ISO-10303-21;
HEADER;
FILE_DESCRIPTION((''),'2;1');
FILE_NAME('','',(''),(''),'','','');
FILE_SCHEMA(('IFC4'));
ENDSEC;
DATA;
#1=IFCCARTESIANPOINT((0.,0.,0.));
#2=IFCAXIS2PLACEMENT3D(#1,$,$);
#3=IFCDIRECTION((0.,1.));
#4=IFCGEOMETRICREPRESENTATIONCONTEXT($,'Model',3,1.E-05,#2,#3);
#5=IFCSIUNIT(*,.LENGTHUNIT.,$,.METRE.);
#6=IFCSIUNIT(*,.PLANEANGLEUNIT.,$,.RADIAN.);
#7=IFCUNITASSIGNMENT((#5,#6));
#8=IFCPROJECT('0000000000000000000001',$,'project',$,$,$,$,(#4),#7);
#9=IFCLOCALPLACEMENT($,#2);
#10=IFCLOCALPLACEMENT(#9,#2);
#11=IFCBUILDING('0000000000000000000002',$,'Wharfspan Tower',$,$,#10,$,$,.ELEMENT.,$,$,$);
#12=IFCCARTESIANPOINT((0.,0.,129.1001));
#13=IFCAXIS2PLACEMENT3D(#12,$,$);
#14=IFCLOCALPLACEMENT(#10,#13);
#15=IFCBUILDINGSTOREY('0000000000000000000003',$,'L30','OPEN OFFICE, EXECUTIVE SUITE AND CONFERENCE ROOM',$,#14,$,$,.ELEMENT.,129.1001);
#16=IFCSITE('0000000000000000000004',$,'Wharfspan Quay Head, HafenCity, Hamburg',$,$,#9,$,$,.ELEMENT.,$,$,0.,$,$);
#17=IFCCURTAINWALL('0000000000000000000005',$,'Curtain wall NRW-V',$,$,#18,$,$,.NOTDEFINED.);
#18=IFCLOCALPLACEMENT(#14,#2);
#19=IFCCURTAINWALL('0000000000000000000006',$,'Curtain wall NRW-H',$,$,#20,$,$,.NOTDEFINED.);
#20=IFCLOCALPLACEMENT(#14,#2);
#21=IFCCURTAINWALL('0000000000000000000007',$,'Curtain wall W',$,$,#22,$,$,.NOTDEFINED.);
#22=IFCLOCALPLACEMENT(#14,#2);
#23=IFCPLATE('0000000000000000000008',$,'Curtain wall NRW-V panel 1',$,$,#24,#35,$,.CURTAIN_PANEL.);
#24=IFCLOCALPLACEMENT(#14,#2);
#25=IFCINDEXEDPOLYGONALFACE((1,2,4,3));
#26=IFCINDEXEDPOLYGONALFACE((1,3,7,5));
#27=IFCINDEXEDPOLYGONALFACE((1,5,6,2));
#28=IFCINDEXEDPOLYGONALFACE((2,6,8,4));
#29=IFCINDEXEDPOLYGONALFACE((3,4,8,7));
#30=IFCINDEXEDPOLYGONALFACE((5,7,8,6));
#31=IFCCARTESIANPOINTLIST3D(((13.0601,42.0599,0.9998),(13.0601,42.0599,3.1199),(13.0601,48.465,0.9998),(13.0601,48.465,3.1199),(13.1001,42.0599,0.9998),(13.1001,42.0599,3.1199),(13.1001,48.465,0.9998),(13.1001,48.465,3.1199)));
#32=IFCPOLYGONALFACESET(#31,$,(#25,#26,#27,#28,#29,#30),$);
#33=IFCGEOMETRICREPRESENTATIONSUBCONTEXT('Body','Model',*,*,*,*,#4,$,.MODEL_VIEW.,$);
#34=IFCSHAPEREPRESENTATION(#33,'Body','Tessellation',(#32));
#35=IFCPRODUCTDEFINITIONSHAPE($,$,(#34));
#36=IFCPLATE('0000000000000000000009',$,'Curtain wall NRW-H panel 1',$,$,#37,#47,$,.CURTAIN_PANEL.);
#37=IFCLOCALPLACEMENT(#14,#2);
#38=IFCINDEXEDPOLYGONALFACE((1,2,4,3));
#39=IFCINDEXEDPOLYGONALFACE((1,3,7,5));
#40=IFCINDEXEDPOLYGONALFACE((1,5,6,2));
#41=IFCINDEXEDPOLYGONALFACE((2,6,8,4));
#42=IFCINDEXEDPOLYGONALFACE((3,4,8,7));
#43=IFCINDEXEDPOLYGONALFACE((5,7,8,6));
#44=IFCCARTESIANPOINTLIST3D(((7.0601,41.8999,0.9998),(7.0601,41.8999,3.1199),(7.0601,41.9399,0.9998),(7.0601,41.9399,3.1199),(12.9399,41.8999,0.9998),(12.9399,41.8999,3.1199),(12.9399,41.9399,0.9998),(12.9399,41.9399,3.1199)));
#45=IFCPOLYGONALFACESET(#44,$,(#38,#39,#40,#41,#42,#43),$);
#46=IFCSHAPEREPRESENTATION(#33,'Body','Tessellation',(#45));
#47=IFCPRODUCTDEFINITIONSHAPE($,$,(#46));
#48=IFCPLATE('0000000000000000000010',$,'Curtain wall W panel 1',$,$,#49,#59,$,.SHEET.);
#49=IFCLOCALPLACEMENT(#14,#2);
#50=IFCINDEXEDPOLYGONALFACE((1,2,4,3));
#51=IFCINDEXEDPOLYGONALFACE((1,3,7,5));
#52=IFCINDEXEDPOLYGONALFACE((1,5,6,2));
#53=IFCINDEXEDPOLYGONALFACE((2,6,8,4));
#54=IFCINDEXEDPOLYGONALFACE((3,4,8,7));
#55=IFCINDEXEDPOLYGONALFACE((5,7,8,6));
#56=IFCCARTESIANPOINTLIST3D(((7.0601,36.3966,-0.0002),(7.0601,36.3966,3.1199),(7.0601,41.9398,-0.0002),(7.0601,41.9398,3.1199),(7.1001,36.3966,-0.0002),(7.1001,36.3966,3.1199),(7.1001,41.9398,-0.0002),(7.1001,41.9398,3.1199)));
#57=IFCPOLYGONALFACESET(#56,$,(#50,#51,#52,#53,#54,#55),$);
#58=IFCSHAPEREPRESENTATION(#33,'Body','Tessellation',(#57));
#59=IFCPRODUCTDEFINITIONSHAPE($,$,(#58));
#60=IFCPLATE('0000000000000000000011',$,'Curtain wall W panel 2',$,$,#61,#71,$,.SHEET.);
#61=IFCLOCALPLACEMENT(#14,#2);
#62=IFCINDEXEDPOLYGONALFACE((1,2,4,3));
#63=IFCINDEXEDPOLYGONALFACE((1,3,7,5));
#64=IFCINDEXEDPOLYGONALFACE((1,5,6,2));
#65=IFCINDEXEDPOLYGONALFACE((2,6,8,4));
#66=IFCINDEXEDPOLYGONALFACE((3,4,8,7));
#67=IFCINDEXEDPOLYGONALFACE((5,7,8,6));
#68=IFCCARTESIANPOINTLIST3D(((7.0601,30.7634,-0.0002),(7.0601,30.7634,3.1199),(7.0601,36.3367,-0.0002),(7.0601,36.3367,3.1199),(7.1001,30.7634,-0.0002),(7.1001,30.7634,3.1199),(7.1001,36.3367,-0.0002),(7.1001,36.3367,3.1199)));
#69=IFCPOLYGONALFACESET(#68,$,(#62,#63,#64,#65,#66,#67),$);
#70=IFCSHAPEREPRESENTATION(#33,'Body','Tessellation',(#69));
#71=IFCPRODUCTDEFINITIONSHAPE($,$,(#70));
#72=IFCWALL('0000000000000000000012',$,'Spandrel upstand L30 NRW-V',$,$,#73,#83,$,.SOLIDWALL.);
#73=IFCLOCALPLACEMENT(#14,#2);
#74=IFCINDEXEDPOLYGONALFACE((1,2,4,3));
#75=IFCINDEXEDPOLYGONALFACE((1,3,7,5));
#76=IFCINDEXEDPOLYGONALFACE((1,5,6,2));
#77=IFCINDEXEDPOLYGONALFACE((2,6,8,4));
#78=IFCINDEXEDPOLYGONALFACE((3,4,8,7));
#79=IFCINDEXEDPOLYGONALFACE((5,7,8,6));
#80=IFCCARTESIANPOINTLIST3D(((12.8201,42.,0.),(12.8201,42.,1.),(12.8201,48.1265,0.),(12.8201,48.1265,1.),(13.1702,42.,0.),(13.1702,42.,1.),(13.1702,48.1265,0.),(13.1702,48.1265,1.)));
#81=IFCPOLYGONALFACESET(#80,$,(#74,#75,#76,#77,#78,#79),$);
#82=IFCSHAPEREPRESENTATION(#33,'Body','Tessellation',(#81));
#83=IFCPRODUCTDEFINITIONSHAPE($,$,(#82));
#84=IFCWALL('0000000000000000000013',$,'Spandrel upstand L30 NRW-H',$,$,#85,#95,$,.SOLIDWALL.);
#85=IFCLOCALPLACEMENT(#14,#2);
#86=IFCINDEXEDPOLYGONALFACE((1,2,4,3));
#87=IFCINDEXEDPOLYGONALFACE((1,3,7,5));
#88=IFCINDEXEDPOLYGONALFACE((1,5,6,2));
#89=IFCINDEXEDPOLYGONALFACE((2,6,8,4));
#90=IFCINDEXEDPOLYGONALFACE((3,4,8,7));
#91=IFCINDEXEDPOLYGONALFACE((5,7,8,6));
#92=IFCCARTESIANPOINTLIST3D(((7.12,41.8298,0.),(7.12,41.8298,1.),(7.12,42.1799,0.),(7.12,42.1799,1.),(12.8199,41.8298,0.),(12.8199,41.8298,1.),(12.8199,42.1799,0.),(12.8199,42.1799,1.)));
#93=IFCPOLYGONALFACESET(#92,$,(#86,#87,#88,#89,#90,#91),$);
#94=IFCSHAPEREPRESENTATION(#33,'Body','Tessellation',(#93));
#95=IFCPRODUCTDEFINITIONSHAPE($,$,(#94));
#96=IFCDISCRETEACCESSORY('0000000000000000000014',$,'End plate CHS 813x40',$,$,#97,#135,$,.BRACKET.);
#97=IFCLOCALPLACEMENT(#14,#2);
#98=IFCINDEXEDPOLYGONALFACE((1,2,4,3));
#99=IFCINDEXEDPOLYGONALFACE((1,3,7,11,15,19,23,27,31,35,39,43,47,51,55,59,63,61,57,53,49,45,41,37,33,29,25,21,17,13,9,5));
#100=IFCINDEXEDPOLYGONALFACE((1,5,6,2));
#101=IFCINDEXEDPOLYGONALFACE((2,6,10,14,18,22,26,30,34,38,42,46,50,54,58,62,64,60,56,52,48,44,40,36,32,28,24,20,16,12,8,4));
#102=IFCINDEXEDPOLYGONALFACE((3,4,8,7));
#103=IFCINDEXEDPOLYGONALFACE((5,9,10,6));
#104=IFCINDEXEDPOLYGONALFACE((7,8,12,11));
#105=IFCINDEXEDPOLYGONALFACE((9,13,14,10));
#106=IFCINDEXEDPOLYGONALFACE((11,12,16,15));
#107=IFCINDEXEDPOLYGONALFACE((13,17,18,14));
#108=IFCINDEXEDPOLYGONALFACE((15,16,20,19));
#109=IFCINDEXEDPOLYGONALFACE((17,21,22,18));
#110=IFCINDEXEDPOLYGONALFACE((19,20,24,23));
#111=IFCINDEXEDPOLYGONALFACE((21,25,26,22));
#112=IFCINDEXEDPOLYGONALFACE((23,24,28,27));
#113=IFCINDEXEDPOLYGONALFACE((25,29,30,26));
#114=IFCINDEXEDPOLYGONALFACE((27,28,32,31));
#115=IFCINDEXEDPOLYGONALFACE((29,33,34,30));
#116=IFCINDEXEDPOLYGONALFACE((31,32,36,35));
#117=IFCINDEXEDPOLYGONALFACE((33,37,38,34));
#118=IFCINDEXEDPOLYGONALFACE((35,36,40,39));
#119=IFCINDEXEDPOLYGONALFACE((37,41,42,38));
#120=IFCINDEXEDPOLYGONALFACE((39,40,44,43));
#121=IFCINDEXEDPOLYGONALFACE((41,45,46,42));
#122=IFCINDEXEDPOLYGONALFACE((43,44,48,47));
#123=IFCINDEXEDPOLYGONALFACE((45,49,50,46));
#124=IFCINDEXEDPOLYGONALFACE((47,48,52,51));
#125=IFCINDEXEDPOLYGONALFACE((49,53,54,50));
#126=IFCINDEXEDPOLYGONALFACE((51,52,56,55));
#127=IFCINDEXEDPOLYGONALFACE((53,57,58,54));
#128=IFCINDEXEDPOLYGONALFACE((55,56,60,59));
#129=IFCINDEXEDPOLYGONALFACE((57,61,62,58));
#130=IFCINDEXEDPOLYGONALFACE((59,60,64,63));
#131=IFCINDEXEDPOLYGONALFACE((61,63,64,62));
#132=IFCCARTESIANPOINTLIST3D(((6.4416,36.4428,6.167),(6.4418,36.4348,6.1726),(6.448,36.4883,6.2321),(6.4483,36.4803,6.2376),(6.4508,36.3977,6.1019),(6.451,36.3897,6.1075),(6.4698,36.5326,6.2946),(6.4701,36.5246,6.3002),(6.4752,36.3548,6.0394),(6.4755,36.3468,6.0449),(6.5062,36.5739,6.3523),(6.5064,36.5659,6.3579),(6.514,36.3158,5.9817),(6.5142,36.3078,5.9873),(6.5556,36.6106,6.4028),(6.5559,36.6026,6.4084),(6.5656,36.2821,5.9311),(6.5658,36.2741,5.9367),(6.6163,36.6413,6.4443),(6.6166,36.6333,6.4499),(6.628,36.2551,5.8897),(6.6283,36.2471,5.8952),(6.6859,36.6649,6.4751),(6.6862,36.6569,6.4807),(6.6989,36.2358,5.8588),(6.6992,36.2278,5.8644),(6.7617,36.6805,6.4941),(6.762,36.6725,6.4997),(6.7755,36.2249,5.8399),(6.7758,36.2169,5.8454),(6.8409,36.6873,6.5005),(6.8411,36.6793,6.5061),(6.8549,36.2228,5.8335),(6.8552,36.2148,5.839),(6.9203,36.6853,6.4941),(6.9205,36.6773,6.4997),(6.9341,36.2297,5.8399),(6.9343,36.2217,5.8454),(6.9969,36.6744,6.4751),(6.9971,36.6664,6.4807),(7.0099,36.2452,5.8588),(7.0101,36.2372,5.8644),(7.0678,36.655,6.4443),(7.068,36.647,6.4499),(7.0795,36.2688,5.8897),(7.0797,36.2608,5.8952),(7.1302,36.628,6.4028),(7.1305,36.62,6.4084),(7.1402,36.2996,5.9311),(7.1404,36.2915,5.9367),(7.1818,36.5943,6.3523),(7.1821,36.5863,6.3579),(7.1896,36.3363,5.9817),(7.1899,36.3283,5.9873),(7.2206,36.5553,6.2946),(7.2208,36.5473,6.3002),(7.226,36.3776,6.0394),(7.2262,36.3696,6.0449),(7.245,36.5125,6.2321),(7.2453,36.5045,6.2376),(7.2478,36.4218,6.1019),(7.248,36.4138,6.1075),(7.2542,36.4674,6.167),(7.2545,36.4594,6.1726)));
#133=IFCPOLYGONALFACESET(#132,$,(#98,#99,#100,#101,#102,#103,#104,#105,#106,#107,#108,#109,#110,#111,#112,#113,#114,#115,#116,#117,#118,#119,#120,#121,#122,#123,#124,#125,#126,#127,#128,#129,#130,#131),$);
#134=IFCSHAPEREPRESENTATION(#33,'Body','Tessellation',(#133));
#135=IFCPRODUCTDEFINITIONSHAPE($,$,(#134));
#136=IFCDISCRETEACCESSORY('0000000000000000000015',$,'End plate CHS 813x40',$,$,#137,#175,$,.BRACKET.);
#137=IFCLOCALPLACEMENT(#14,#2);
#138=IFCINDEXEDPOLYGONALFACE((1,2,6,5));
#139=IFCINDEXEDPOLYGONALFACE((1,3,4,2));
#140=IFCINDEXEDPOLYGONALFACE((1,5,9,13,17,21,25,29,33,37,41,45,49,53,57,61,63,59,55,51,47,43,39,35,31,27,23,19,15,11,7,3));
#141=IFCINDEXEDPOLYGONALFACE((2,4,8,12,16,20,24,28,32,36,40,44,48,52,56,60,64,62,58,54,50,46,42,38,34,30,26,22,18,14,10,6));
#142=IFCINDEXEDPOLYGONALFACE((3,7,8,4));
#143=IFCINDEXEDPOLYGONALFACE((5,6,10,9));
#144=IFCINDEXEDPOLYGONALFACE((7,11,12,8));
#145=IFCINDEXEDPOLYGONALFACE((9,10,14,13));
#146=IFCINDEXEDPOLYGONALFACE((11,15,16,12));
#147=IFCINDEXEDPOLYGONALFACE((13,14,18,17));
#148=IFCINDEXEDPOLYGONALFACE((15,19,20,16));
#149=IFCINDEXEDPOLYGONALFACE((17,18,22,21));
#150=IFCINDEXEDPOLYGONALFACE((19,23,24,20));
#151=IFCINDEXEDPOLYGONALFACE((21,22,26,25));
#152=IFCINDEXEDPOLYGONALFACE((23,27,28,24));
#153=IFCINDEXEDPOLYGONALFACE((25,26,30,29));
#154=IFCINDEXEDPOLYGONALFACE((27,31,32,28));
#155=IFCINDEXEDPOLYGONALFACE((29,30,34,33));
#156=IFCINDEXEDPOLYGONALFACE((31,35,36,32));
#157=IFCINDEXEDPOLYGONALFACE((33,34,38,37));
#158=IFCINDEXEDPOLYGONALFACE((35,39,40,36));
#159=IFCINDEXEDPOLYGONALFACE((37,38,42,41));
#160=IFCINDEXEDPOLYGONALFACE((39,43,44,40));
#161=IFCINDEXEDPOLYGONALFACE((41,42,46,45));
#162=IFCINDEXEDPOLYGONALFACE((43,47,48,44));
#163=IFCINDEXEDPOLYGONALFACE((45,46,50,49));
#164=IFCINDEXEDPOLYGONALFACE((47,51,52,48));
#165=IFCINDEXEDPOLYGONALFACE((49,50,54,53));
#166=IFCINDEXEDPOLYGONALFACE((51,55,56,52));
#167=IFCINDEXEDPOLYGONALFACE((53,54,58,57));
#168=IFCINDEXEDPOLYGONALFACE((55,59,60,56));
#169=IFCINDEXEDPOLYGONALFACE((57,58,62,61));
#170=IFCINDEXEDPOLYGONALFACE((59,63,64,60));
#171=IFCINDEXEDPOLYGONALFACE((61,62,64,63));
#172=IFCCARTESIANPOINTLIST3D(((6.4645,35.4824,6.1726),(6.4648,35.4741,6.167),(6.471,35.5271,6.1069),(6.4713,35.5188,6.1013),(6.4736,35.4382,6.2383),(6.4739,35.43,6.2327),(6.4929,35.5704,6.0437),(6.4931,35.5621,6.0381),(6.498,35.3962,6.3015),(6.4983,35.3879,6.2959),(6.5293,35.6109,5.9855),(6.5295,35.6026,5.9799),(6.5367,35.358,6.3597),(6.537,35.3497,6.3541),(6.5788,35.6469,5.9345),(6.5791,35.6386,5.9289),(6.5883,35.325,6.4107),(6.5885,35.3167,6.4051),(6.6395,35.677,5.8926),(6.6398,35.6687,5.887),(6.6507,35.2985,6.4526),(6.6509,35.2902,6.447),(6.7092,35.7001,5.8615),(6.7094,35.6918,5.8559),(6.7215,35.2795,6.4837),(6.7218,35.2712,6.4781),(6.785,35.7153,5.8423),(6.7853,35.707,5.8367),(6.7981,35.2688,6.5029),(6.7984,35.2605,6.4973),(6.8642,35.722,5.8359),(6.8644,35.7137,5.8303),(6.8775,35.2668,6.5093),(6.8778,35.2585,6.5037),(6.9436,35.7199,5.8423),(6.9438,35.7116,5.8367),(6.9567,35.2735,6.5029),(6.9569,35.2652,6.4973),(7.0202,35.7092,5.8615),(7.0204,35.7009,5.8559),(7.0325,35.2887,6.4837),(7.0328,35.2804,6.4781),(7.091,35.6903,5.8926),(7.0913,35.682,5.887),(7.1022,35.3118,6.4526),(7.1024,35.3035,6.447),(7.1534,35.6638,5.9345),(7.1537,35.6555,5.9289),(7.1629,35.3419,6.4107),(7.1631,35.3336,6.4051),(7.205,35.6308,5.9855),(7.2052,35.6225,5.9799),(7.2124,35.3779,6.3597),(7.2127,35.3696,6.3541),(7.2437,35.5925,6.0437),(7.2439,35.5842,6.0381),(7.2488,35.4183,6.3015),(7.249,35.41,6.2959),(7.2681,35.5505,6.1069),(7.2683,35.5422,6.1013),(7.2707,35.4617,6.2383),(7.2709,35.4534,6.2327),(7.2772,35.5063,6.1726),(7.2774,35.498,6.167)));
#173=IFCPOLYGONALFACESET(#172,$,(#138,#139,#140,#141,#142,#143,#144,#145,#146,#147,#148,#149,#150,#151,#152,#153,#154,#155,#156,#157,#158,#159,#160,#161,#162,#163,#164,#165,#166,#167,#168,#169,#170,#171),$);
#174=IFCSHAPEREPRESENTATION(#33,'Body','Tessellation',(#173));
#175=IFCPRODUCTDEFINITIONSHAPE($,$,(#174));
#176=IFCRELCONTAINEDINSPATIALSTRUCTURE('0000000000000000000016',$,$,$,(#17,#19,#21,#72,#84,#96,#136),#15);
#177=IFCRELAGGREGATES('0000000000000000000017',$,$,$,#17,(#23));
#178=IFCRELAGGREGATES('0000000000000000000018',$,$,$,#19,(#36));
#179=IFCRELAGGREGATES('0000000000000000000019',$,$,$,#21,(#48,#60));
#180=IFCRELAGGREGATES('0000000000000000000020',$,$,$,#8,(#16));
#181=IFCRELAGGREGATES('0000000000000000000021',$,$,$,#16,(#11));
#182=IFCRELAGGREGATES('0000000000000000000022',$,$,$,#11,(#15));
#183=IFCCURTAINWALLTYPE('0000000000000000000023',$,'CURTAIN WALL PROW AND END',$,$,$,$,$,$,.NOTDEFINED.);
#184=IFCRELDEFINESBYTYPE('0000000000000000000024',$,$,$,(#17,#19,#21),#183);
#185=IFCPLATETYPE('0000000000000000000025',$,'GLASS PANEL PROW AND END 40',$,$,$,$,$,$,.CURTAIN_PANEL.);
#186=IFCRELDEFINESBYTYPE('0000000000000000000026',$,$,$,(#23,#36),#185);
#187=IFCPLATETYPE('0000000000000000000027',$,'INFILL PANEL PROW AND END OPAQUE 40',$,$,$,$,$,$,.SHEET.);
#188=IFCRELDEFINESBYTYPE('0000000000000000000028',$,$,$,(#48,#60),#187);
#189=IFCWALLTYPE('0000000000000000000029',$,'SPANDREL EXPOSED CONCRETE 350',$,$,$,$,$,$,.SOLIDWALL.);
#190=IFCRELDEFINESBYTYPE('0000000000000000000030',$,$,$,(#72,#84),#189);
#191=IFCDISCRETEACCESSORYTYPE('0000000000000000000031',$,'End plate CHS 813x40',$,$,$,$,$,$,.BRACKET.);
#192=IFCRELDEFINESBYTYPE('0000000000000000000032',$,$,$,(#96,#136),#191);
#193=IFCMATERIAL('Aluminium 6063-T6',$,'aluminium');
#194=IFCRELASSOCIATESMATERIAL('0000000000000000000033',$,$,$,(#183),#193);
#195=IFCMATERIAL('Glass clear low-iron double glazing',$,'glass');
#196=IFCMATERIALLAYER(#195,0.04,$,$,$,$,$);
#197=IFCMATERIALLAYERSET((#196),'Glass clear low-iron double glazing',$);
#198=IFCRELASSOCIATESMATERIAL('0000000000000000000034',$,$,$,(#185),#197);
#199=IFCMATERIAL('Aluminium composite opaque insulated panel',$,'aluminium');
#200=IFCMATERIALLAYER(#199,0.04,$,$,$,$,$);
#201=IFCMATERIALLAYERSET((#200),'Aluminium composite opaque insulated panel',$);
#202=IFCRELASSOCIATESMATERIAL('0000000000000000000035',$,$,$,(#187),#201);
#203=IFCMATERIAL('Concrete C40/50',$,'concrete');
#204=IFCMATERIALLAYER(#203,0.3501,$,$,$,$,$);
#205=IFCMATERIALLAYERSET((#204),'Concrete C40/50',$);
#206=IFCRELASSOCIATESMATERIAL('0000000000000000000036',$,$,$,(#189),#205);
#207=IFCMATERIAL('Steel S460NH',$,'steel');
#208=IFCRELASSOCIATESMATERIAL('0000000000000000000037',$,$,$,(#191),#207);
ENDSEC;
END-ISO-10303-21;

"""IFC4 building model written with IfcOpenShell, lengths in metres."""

from ifc_helpers import new_model, si_unit, direction, frame, frame_2d, origin, origin_2d, place, context, subcontext, project, spatial, rectangle, circle, extrude, material, layer, layer_set, material_profile, profile_set, type_object, element, aggregate, save


model = new_model("IFC4")

# Units and contexts
model_context = context("Model", 3, precision=1e-05, world=origin(), true_north=direction((0.0, 1.0)))
body_context = subcontext(model_context, "Body", "Model", "MODEL_VIEW")
ifc_project = project(units=[si_unit("LENGTHUNIT", "METRE"), si_unit("PLANEANGLEUNIT", "RADIAN")], contexts=[model_context])

# Site, building, storey
site_placement = place(None, origin())
site = spatial("IfcSite", under=ifc_project, at=site_placement, Name="Wharfspan Quay Head, HafenCity, Hamburg", CompositionType="ELEMENT", RefElevation=0.0)
building_placement = place(site_placement, origin())
building = spatial("IfcBuilding", under=site, at=building_placement, Name="Wharfspan Tower", CompositionType="ELEMENT")
storey_placement = place(building_placement, frame((0.0, 0.0, 129.1001)))
storey = spatial("IfcBuildingStorey", under=building, at=storey_placement, Name="L30", Description="OPEN OFFICE, EXECUTIVE SUITE AND CONFERENCE ROOM", CompositionType="ELEMENT", Elevation=129.1001)

# Curtain walls
ifc_material_1 = material(Name="Aluminium 6063-T6", Category="aluminium")
curtain_wall_type = type_object("IfcCurtainWallType", Name="CURTAIN WALL PROW AND END", PredefinedType="NOTDEFINED", material=ifc_material_1)
curtain_wall_1_placement = place(storey_placement, origin())
curtain_wall_1 = element("IfcCurtainWall", 1, at=curtain_wall_1_placement, inside=storey, type_object=curtain_wall_type, Name="Curtain wall NRW-V", PredefinedType="NOTDEFINED")
curtain_wall_2_placement = place(storey_placement, origin())
curtain_wall_2 = element("IfcCurtainWall", 2, at=curtain_wall_2_placement, inside=storey, type_object=curtain_wall_type, Name="Curtain wall NRW-H", PredefinedType="NOTDEFINED")
curtain_wall_3_placement = place(storey_placement, origin())
curtain_wall_3 = element("IfcCurtainWall", 3, at=curtain_wall_3_placement, inside=storey, type_object=curtain_wall_type, Name="Curtain wall W", PredefinedType="NOTDEFINED")

# Shared definitions
ifc_material_2 = material(Name="Steel S460NH", Category="steel")

# Plates
ifc_material_3 = material(Name="Glass clear low-iron double glazing", Category="glass")
ifc_layer_1 = layer(ifc_material_3, 0.04)
ifc_layer_set_1 = layer_set([ifc_layer_1], Name="Glass clear low-iron double glazing")
plate_type_1 = type_object("IfcPlateType", Name="GLASS PANEL PROW AND END 40", PredefinedType="CURTAIN_PANEL", material=ifc_layer_set_1)
plate_1_placement = place(storey_placement, frame((13.0801, 45.2625, 0.9998), z_axis=(0.0, 0.0, 1.0), x_axis=(0.0, -1.0, 0.0)))
plate_1 = element("IfcPlate", 4, at=plate_1_placement, type_object=plate_type_1, Name="Curtain wall NRW-V panel 1", PredefinedType="CURTAIN_PANEL", context=body_context, shape_type="SweptSolid", body=[
    extrude(rectangle(XDim=6.405, YDim=0.04, at=origin_2d()), origin(), (0.0, 0.0, 1.0), 2.1201),
])
aggregate(curtain_wall_1, [plate_1])
plate_2_placement = place(storey_placement, frame((10.0, 41.9199, 0.9998), z_axis=(0.0, 0.0, 1.0), x_axis=(-1.0, 0.0, 0.0)))
plate_2 = element("IfcPlate", 5, at=plate_2_placement, type_object=plate_type_1, Name="Curtain wall NRW-H panel 1", PredefinedType="CURTAIN_PANEL", context=body_context, shape_type="SweptSolid", body=[
    extrude(rectangle(XDim=5.8799, YDim=0.04, at=origin_2d()), origin(), (0.0, 0.0, 1.0), 2.1201),
])
aggregate(curtain_wall_2, [plate_2])
ifc_material_4 = material(Name="Aluminium composite opaque insulated panel", Category="aluminium")
ifc_layer_2 = layer(ifc_material_4, 0.04)
ifc_layer_set_2 = layer_set([ifc_layer_2], Name="Aluminium composite opaque insulated panel")
plate_type_2 = type_object("IfcPlateType", Name="INFILL PANEL PROW AND END OPAQUE 40", PredefinedType="SHEET", material=ifc_layer_set_2)
plate_3_placement = place(storey_placement, frame((7.0801, 39.1682, -0.0002), z_axis=(0.0, 0.0, 1.0), x_axis=(0.0, -1.0, 0.0)))
plate_3 = element("IfcPlate", 6, at=plate_3_placement, type_object=plate_type_2, Name="Curtain wall W panel 1", PredefinedType="SHEET", context=body_context, shape_type="SweptSolid", body=[
    extrude(rectangle(XDim=5.5432, YDim=0.04, at=origin_2d()), origin(), (0.0, 0.0, 1.0), 3.1201),
])
plate_4_placement = place(storey_placement, frame((7.0801, 33.55, -0.0002), z_axis=(0.0, 0.0, 1.0), x_axis=(0.0, -1.0, 0.0)))
plate_4 = element("IfcPlate", 7, at=plate_4_placement, type_object=plate_type_2, Name="Curtain wall W panel 2", PredefinedType="SHEET", context=body_context, shape_type="SweptSolid", body=[
    extrude(rectangle(XDim=5.5732, YDim=0.04, at=origin_2d()), origin(), (0.0, 0.0, 1.0), 3.1201),
])
aggregate(curtain_wall_3, [plate_3, plate_4])

# Walls
ifc_material_5 = material(Name="Concrete C40/50", Category="concrete")
ifc_layer_3 = layer(ifc_material_5, 0.3501)
ifc_layer_set_3 = layer_set([ifc_layer_3], Name="Concrete C40/50")
wall_type = type_object("IfcWallType", Name="SPANDREL EXPOSED CONCRETE 350", PredefinedType="SOLIDWALL", material=ifc_layer_set_3)
wall_1_placement = place(storey_placement, frame((12.9951, 48.1265, 0.0), z_axis=(0.0, 0.0, 1.0), x_axis=(0.0, -1.0, 0.0)))
element("IfcWall", 8, at=wall_1_placement, inside=storey, type_object=wall_type, Name="Spandrel upstand L30 NRW-V", PredefinedType="SOLIDWALL", context=body_context, shape_type="SweptSolid", body=[
    extrude(rectangle(XDim=6.1265, YDim=0.3501, at=frame_2d((3.0632, 0.0))), origin(), (0.0, 0.0, 1.0), 1.0),
])
wall_2_placement = place(storey_placement, frame((12.8201, 42.0049, 0.0), z_axis=(0.0, 0.0, 1.0), x_axis=(-1.0, 0.0, 0.0)))
element("IfcWall", 9, at=wall_2_placement, inside=storey, type_object=wall_type, Name="Spandrel upstand L30 NRW-H", PredefinedType="SOLIDWALL", context=body_context, shape_type="SweptSolid", body=[
    extrude(rectangle(XDim=5.7, YDim=0.3501, at=frame_2d((2.8501, 0.0))), origin(), (0.0, 0.0, 1.0), 1.0),
])

# Discrete accessories
ifc_material_profile_1 = material_profile(ifc_material_2, circle(Radius=0.4065, at=origin_2d()))
ifc_profile_set_1 = profile_set([ifc_material_profile_1], Name="Steel S460NH")
discrete_accessory_type = type_object("IfcDiscreteAccessoryType", Name="End plate CHS 813x40", PredefinedType="BRACKET", material=ifc_profile_set_1)
discrete_accessory_1_placement = place(storey_placement, frame((6.8479, 36.4551, 6.167), z_axis=(0.024853, -0.820145, 0.571616), x_axis=(0.999542, 0.03029, 0.000001)))
element("IfcDiscreteAccessory", 10, at=discrete_accessory_1_placement, inside=storey, type_object=discrete_accessory_type, Name="End plate CHS 813x40", PredefinedType="BRACKET", context=body_context, shape_type="SweptSolid", body=[
    extrude(circle(Radius=0.4065, at=origin_2d()), origin(), (0.0, 0.0, 1.0), 0.0098),
])
discrete_accessory_2_placement = place(storey_placement, frame((6.8711, 35.4861, 6.167), z_axis=(-0.024354, 0.828038, 0.560143), x_axis=(-0.999568, -0.029399, 0.0)))
element("IfcDiscreteAccessory", 11, at=discrete_accessory_2_placement, inside=storey, type_object=discrete_accessory_type, Name="End plate CHS 813x40", PredefinedType="BRACKET", context=body_context, shape_type="SweptSolid", body=[
    extrude(circle(Radius=0.4065, at=origin_2d()), origin(), (0.0, 0.0, 1.0), 0.01),
])

save(model, "model.ifc")
